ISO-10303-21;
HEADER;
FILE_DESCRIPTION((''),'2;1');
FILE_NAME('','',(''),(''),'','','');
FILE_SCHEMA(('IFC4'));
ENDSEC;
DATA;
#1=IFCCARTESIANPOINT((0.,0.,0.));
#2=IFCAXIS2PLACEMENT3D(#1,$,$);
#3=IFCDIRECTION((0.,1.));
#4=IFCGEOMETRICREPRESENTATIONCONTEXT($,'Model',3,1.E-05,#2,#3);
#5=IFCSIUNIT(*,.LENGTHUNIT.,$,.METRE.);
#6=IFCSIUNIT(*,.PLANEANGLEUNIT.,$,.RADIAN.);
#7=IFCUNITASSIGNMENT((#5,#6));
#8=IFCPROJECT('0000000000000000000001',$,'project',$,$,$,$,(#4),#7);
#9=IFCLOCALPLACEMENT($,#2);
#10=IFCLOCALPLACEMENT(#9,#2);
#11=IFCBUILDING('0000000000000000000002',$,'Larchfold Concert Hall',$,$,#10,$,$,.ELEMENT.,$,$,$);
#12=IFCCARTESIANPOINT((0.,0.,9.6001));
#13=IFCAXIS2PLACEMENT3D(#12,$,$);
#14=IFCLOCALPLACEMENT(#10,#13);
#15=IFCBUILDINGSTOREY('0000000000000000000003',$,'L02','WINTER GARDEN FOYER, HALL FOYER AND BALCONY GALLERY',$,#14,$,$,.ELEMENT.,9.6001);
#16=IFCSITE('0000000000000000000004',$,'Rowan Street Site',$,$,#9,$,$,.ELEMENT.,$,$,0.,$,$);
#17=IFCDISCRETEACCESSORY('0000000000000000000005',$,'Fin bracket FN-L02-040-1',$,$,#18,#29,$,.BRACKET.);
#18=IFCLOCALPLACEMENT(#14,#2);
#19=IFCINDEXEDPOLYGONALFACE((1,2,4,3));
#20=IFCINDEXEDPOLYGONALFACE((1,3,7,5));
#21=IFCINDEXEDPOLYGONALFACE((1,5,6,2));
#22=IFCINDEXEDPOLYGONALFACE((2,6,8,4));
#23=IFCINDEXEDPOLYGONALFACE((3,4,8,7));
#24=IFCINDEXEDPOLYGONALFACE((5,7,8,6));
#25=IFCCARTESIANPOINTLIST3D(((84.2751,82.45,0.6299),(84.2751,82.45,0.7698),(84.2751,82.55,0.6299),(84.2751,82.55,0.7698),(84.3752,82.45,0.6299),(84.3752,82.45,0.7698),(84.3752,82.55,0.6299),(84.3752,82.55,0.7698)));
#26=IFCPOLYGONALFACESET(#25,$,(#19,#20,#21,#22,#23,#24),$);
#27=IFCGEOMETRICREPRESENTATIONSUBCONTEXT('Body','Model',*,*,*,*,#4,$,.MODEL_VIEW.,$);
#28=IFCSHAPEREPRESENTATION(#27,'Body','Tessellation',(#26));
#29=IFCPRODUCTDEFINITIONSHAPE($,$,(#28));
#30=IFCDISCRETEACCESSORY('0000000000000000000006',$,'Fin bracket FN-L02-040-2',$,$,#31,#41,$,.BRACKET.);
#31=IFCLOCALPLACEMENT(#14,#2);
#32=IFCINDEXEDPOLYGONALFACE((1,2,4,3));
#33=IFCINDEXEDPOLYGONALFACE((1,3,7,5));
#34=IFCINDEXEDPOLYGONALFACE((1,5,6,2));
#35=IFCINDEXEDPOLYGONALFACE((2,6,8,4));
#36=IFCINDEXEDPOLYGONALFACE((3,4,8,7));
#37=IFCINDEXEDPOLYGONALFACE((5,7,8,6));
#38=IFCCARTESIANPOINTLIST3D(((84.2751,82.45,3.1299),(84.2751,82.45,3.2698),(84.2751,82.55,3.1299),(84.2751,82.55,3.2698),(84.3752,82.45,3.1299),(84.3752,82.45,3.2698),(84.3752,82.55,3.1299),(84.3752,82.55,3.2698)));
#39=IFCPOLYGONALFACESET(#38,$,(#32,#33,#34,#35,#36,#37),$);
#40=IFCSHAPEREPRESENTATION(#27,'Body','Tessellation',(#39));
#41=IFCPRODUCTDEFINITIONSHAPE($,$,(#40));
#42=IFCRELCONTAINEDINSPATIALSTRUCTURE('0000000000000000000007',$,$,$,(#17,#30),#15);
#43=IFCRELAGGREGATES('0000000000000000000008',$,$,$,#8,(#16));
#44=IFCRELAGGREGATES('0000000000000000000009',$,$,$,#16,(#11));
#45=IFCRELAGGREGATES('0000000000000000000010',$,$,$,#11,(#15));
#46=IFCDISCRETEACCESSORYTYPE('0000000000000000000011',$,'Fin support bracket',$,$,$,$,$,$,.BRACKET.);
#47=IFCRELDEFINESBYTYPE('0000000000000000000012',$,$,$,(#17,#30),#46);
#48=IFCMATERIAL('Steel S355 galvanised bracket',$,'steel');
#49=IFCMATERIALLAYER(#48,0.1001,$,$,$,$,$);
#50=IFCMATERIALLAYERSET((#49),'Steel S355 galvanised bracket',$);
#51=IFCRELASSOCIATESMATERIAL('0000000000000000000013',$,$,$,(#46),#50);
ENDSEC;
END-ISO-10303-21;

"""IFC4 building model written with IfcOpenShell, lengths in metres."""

from ifc_helpers import new_model, si_unit, direction, frame, origin, origin_2d, place, context, subcontext, project, spatial, rectangle, extrude, material, layer, layer_set, type_object, element, save


model = new_model("IFC4")

# Units and contexts
model_context = context("Model", 3, precision=1e-05, world=origin(), true_north=direction((0.0, 1.0)))
body_context = subcontext(model_context, "Body", "Model", "MODEL_VIEW")
ifc_project = project(units=[si_unit("LENGTHUNIT", "METRE"), si_unit("PLANEANGLEUNIT", "RADIAN")], contexts=[model_context])

# Site, building, storey
site_placement = place(None, origin())
site = spatial("IfcSite", under=ifc_project, at=site_placement, Name="Rowan Street Site", CompositionType="ELEMENT", RefElevation=0.0)
building_placement = place(site_placement, origin())
building = spatial("IfcBuilding", under=site, at=building_placement, Name="Larchfold Concert Hall", CompositionType="ELEMENT")
storey_placement = place(building_placement, frame((0.0, 0.0, 9.6001)))
storey = spatial("IfcBuildingStorey", under=building, at=storey_placement, Name="L02", Description="WINTER GARDEN FOYER, HALL FOYER AND BALCONY GALLERY", CompositionType="ELEMENT", Elevation=9.6001)

# Discrete accessories
ifc_material_1 = material(Name="Steel S355 galvanised bracket", Category="steel")
ifc_layer_1 = layer(ifc_material_1, 0.1001)
ifc_layer_set_1 = layer_set([ifc_layer_1], Name="Steel S355 galvanised bracket")
discrete_accessory_type = type_object("IfcDiscreteAccessoryType", Name="Fin support bracket", PredefinedType="BRACKET", material=ifc_layer_set_1)
for number, where, z_axis, x_axis, name in (
    (1, (84.3252, 82.5, 0.6299), (0.0, 0.0, 1.0), (-1.0, 0.0, 0.0), "Fin bracket FN-L02-040-1"),
    (2, (84.3252, 82.5, 3.1299), (0.0, 0.0, 1.0), (-1.0, 0.0, 0.0), "Fin bracket FN-L02-040-2"),
):
    element("IfcDiscreteAccessory", number, at=place(storey_placement, frame(where, z_axis=z_axis, x_axis=x_axis)), inside=storey, type_object=discrete_accessory_type, Name=name, PredefinedType="BRACKET", context=body_context, shape_type="SweptSolid", body=[
        extrude(rectangle(XDim=0.1001, YDim=0.1001, at=origin_2d()), origin(), (0.0, 0.0, 1.0), 0.1399),
    ])

save(model, "model.ifc")
